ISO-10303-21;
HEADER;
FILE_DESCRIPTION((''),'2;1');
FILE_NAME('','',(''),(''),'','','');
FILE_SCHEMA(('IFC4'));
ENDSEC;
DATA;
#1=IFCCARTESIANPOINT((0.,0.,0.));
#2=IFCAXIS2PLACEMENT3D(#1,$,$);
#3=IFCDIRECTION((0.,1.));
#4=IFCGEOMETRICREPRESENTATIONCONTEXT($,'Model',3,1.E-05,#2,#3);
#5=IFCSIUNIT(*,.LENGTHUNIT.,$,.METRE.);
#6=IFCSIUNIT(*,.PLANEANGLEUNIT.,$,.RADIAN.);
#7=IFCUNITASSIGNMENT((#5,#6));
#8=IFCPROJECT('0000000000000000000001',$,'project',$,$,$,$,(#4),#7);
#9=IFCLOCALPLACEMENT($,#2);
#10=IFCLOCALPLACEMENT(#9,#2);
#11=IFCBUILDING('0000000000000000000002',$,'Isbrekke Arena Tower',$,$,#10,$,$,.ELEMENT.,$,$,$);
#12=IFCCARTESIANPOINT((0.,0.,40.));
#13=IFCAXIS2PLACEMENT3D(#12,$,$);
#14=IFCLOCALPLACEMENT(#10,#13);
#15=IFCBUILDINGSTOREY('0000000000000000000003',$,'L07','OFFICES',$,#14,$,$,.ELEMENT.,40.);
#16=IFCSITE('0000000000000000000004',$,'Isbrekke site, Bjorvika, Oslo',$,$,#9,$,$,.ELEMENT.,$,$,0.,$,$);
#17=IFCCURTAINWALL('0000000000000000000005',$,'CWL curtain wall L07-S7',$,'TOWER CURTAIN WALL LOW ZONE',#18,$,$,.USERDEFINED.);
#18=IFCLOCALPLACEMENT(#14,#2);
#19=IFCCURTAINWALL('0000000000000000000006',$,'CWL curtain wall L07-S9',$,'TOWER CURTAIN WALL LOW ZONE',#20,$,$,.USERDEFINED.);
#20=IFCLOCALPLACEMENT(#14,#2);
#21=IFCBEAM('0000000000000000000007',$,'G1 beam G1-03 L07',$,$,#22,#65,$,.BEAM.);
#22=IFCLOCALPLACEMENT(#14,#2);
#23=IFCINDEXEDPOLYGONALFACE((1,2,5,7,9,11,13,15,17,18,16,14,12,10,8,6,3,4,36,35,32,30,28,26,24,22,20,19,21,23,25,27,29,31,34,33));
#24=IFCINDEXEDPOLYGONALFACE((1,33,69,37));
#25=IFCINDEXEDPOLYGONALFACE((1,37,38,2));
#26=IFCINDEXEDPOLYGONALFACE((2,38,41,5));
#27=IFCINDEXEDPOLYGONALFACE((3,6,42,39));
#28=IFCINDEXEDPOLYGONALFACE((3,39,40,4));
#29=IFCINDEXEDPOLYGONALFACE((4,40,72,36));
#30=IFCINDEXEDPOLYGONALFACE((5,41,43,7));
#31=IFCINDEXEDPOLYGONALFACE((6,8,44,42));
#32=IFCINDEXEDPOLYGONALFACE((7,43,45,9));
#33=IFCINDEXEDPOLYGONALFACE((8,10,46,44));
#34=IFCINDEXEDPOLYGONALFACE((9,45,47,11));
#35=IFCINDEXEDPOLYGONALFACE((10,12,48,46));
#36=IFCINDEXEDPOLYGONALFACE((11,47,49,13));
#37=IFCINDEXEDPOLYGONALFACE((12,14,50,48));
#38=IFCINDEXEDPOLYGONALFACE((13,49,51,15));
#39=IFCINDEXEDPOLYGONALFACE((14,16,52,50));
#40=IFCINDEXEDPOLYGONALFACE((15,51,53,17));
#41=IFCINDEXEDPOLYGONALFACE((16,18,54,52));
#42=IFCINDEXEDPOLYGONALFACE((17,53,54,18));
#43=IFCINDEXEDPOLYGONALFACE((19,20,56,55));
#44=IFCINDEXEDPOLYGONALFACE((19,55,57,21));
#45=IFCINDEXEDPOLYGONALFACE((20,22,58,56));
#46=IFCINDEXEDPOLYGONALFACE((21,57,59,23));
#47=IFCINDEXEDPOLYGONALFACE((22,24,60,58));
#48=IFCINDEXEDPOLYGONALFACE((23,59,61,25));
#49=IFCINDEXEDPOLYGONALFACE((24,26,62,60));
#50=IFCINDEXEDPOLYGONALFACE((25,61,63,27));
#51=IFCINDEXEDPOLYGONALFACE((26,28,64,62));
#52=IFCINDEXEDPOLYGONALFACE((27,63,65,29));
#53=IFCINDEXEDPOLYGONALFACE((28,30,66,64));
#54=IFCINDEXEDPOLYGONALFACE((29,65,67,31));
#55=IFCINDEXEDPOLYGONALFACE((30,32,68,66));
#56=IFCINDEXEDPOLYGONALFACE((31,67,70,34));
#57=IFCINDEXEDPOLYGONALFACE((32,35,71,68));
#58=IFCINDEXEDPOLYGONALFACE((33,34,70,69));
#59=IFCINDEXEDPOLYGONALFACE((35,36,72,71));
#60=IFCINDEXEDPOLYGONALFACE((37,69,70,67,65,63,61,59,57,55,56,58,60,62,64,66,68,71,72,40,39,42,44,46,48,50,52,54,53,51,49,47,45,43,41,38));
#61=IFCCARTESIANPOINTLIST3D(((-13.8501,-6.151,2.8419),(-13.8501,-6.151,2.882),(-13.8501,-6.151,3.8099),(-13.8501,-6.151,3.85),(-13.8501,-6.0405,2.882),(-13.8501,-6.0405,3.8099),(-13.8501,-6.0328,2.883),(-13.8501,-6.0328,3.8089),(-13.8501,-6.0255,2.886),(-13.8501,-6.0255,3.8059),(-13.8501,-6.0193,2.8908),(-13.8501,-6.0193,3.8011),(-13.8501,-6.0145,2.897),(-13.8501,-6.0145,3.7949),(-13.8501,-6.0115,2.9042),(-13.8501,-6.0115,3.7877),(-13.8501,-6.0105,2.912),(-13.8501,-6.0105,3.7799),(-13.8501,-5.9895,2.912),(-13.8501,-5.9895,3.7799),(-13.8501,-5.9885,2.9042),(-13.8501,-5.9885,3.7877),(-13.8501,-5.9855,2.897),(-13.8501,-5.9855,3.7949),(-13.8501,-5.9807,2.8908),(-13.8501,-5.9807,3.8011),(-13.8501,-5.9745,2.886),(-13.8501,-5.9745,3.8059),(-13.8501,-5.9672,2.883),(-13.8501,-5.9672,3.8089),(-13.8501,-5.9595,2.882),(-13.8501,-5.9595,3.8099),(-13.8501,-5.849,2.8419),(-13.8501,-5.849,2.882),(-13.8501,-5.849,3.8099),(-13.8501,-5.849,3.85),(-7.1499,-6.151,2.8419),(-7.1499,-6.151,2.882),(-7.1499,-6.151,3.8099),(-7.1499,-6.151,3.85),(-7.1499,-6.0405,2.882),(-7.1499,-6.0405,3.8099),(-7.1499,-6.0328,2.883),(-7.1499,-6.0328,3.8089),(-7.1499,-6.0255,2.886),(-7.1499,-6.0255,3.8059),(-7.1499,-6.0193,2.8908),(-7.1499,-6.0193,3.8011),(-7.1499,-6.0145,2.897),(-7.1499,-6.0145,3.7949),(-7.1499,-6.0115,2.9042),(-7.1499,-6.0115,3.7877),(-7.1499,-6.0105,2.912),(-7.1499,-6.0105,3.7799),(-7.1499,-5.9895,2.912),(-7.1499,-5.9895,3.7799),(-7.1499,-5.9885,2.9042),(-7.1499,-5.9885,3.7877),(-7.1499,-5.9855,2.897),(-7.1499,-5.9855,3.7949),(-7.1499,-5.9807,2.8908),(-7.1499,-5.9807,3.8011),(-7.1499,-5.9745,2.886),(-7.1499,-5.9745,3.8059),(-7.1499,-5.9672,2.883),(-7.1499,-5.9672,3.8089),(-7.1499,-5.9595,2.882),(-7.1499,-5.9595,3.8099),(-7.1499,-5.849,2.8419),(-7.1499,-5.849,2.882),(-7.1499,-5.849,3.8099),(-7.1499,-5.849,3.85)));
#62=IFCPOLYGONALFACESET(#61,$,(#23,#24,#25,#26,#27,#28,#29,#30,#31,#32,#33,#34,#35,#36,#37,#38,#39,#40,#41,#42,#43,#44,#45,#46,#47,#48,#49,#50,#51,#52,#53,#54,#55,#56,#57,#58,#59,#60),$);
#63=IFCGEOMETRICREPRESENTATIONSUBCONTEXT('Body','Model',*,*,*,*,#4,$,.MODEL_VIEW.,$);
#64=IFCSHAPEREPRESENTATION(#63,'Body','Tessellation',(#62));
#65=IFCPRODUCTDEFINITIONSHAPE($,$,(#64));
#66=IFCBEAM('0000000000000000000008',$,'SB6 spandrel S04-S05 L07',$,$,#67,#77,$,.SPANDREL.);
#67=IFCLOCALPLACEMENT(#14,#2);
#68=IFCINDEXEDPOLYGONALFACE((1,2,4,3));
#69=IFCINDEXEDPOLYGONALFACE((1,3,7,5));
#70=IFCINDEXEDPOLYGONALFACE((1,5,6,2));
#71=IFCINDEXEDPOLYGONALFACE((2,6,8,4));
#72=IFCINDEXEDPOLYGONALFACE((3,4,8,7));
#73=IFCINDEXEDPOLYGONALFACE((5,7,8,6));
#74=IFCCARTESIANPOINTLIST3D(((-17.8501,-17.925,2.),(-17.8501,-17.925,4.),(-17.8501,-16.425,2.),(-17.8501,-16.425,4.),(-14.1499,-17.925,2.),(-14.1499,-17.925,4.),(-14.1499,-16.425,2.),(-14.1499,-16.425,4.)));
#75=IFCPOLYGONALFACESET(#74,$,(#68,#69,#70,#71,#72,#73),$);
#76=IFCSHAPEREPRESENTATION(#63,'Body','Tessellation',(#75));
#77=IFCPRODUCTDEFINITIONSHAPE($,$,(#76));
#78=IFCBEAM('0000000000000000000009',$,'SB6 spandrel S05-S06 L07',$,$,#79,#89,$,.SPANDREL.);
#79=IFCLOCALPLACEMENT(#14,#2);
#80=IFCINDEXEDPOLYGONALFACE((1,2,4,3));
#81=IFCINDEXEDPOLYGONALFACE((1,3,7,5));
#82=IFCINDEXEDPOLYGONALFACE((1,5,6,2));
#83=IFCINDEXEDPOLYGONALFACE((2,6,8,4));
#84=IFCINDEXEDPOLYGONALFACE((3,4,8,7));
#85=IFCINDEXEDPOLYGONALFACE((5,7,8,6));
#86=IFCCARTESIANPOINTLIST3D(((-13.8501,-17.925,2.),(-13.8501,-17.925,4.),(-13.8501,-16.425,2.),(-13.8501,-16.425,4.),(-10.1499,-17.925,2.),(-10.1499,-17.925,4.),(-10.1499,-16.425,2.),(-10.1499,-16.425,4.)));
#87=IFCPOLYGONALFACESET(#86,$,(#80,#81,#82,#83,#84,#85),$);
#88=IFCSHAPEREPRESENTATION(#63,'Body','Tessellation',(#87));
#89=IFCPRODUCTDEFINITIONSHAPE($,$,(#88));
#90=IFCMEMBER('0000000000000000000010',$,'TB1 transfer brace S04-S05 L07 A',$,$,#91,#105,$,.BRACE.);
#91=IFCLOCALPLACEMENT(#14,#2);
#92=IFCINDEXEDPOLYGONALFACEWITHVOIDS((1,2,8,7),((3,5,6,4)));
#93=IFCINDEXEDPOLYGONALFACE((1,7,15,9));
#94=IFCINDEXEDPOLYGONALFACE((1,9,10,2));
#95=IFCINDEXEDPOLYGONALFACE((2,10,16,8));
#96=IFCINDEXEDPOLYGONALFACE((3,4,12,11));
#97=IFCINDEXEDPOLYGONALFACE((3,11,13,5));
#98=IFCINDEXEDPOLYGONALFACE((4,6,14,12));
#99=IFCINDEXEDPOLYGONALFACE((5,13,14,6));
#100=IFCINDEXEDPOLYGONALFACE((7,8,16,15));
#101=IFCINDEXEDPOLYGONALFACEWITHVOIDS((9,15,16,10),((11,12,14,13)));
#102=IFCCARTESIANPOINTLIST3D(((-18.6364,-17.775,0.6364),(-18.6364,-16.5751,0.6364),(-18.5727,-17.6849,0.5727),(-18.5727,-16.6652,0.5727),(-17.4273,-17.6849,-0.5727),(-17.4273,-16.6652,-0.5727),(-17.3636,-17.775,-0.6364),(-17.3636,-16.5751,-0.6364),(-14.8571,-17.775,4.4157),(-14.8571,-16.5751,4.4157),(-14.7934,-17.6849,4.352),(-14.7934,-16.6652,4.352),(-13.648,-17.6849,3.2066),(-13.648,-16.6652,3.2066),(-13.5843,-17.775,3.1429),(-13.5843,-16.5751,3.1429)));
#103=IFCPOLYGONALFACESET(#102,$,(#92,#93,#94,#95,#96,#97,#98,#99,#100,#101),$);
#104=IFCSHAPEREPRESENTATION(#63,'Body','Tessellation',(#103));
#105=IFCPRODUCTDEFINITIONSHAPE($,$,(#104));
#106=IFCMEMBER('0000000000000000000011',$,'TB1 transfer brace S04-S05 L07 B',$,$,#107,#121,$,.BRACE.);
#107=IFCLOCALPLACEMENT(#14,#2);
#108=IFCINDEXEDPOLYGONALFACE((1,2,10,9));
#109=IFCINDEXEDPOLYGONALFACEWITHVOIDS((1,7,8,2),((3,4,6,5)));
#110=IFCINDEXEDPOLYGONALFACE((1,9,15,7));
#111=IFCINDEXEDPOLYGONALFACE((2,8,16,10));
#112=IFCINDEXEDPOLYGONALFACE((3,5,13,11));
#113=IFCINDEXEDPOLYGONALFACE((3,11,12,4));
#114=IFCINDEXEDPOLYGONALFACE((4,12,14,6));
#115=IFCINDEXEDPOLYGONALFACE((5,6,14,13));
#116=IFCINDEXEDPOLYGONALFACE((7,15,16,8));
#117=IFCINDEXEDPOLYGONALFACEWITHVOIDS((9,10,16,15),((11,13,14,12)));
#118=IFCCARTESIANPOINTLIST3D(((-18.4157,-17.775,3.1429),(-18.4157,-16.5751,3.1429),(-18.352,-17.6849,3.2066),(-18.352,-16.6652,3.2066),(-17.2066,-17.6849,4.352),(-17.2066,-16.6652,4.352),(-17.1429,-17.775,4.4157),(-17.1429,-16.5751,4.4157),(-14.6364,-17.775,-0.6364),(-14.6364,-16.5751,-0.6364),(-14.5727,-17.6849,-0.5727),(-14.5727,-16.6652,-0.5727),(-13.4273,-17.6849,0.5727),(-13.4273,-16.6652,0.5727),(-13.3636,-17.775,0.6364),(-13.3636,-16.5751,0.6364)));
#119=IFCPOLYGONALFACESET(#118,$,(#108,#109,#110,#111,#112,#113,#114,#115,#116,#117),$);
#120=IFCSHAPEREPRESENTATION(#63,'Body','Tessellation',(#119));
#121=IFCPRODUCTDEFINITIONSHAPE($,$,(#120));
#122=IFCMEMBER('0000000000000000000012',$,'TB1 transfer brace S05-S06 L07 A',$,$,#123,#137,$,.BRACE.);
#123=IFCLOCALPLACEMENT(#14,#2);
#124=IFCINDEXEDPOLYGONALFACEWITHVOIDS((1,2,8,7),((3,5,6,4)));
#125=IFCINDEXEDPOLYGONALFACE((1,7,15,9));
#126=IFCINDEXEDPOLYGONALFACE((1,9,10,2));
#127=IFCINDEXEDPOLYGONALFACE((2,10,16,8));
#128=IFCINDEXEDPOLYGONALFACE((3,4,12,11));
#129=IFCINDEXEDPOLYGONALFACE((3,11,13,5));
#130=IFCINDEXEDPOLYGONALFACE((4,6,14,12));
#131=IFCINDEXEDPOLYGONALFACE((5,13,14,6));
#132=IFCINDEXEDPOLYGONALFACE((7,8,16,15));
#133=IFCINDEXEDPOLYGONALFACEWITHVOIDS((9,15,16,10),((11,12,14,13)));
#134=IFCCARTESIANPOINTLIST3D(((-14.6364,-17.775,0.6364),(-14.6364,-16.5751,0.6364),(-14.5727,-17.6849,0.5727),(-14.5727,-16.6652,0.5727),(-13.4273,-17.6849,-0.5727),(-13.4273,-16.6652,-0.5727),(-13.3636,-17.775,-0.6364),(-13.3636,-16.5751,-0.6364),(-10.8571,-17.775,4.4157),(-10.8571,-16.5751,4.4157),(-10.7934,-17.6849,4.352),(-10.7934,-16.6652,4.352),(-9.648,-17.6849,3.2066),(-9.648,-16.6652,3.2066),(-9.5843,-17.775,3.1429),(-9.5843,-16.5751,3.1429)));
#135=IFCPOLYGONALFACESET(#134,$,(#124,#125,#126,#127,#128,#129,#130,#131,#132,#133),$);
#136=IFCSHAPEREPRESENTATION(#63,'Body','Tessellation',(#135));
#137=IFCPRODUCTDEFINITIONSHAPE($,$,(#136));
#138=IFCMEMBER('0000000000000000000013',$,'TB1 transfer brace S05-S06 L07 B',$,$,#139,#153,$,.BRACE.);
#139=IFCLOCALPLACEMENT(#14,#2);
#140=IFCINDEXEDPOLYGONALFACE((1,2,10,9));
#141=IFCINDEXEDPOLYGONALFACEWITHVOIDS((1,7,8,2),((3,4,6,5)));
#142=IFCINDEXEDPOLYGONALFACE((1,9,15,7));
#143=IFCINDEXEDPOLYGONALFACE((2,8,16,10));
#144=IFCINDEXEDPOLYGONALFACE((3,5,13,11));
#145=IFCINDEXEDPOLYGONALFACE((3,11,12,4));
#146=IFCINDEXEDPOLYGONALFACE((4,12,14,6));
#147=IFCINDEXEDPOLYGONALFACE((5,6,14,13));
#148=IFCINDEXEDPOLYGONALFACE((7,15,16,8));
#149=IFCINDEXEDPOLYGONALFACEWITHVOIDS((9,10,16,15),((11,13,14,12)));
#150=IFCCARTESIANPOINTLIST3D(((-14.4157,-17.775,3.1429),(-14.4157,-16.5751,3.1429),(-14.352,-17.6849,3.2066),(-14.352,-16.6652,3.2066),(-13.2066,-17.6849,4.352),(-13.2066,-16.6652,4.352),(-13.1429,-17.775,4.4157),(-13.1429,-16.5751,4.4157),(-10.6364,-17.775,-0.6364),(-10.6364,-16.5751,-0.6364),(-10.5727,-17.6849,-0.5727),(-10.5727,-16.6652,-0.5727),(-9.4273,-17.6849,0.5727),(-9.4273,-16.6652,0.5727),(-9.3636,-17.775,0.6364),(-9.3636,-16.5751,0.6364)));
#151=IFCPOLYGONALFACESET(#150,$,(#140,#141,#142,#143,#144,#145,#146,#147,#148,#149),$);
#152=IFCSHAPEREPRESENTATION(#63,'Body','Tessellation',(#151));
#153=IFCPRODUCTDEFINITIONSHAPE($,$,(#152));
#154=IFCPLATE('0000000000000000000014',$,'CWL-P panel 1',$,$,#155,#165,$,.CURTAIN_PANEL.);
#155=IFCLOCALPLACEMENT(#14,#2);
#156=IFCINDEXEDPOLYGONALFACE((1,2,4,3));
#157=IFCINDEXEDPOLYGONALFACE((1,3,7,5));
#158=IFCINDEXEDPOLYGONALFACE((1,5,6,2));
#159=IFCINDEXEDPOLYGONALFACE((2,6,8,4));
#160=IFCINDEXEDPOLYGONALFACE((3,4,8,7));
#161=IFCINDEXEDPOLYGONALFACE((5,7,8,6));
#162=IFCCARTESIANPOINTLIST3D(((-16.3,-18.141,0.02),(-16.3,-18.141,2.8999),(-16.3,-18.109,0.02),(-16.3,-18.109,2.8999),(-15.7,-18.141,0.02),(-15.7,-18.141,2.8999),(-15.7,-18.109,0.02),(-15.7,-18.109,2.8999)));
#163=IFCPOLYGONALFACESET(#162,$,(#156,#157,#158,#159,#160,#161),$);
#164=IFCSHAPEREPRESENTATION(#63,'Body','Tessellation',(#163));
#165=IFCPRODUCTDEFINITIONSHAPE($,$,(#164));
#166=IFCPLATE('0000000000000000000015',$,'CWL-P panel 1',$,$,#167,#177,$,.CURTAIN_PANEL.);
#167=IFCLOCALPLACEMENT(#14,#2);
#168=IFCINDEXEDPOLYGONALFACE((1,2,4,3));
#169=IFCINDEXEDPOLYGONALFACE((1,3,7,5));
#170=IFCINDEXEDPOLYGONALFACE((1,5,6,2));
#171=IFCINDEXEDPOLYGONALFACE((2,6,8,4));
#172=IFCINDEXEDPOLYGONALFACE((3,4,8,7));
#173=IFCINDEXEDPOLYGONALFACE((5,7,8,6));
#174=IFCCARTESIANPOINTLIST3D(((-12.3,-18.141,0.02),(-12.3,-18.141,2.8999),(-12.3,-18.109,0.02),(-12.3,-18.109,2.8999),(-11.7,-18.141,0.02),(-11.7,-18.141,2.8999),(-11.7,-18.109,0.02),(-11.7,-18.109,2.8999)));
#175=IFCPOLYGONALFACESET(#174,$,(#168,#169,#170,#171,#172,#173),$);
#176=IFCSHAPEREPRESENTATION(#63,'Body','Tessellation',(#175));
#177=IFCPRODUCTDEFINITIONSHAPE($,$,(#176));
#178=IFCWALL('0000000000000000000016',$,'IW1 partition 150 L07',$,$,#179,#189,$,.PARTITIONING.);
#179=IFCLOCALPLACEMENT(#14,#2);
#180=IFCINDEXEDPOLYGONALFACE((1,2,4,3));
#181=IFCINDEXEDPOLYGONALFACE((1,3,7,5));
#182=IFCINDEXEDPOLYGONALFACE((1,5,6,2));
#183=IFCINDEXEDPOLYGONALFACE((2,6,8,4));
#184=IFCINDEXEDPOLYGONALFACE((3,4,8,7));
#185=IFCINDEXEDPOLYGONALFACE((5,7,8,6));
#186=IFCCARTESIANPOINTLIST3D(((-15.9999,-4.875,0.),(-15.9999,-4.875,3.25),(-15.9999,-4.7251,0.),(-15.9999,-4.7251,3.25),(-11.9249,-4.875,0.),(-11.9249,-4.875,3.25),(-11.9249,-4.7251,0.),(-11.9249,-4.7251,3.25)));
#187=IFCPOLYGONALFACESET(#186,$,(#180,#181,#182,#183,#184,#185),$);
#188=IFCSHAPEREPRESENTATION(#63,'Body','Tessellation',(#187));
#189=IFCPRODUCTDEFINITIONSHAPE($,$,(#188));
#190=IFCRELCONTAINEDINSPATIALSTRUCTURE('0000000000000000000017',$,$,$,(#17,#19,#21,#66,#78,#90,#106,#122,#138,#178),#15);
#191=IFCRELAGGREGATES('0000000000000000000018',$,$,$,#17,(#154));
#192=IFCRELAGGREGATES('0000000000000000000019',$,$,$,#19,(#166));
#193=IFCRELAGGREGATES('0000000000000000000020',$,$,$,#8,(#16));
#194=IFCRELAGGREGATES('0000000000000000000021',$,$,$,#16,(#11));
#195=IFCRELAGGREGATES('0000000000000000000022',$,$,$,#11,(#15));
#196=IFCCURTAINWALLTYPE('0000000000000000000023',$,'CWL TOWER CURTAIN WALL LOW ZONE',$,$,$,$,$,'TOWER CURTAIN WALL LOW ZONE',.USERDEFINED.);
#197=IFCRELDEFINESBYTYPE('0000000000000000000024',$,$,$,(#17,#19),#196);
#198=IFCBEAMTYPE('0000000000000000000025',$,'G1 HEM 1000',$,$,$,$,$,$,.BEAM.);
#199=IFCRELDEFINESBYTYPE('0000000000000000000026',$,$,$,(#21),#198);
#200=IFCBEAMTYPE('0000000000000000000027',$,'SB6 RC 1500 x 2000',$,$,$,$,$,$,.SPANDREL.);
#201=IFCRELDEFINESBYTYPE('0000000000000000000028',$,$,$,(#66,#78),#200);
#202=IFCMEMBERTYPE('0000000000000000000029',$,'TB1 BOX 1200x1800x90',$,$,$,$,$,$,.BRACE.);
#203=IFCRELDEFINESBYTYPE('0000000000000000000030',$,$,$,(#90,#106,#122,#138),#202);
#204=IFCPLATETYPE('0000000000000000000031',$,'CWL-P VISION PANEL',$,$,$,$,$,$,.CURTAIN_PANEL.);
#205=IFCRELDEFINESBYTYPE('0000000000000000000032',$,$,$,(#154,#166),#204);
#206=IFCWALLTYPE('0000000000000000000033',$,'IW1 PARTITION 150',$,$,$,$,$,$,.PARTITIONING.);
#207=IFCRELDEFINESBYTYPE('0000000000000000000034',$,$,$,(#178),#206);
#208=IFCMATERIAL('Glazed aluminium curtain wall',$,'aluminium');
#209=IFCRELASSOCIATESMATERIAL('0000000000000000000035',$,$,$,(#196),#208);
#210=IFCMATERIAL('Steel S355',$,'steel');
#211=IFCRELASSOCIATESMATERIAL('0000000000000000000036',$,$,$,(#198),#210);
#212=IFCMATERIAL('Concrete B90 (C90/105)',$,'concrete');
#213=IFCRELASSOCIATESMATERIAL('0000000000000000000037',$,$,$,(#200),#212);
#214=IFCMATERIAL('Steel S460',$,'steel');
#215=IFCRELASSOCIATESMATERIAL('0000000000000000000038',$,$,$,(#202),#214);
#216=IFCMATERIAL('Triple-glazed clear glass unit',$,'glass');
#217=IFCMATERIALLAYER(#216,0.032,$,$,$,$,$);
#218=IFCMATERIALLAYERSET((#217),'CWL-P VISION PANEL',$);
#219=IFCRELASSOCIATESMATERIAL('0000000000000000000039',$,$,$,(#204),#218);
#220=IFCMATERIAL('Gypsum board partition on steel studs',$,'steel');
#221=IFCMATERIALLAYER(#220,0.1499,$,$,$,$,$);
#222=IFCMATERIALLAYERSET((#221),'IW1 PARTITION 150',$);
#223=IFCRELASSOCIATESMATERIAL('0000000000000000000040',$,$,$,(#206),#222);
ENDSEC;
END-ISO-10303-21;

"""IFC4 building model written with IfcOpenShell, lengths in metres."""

from ifc_helpers import new_model, si_unit, direction, frame, frame_2d, origin, origin_2d, place, context, subcontext, project, spatial, rectangle, hollow_rectangle, i_section, extrude, material, layer, layer_set, material_profile, profile_set, type_object, element, aggregate, save


model = new_model("IFC4")

# Units and contexts
model_context = context("Model", 3, precision=1e-05, world=origin(), true_north=direction((0.0, 1.0)))
body_context = subcontext(model_context, "Body", "Model", "MODEL_VIEW")
ifc_project = project(units=[si_unit("LENGTHUNIT", "METRE"), si_unit("PLANEANGLEUNIT", "RADIAN")], contexts=[model_context])

# Site, building, storey
site_placement = place(None, origin())
site = spatial("IfcSite", under=ifc_project, at=site_placement, Name="Isbrekke site, Bjorvika, Oslo", CompositionType="ELEMENT", RefElevation=0.0)
building_placement = place(site_placement, origin())
building = spatial("IfcBuilding", under=site, at=building_placement, Name="Isbrekke Arena Tower", CompositionType="ELEMENT")
storey_placement = place(building_placement, frame((0.0, 0.0, 40.0)))
storey = spatial("IfcBuildingStorey", under=building, at=storey_placement, Name="L07", Description="OFFICES", CompositionType="ELEMENT", Elevation=40.0)

# Shared definitions
ifc_material_1 = material(Name="Glazed aluminium curtain wall", Category="aluminium")
curtain_wall_type = type_object("IfcCurtainWallType", Name="CWL TOWER CURTAIN WALL LOW ZONE", ElementType="TOWER CURTAIN WALL LOW ZONE", PredefinedType="USERDEFINED", material=ifc_material_1)

# Curtain walls
curtain_wall_1_placement = place(storey_placement, origin())
curtain_wall_1 = element("IfcCurtainWall", 1, at=curtain_wall_1_placement, inside=storey, type_object=curtain_wall_type, Name="CWL curtain wall L07-S7", ObjectType="TOWER CURTAIN WALL LOW ZONE", PredefinedType="USERDEFINED")
curtain_wall_2_placement = place(storey_placement, origin())
curtain_wall_2 = element("IfcCurtainWall", 2, at=curtain_wall_2_placement, inside=storey, type_object=curtain_wall_type, Name="CWL curtain wall L07-S9", ObjectType="TOWER CURTAIN WALL LOW ZONE", PredefinedType="USERDEFINED")

# Beams
ifc_material_2 = material(Name="Steel S355", Category="steel")
ifc_material_profile_1 = material_profile(ifc_material_2, i_section(OverallWidth=0.302, OverallDepth=1.0081, WebThickness=0.021, FlangeThickness=0.04, FilletRadius=0.03, at=origin_2d()), Name="HEM 1000")
ifc_profile_set_1 = profile_set([ifc_material_profile_1], Name="Steel S355")
beam_type_1 = type_object("IfcBeamType", Name="G1 HEM 1000", PredefinedType="BEAM", material=ifc_profile_set_1)
beam_1_placement = place(storey_placement, frame((-13.8501, -6.0, 3.3459), z_axis=(1.0, 0.0, 0.0), x_axis=(0.0, 1.0, 0.0)))
element("IfcBeam", 3, at=beam_1_placement, inside=storey, type_object=beam_type_1, Name="G1 beam G1-03 L07", PredefinedType="BEAM", context=body_context, shape_type="SweptSolid", body=[
    extrude(i_section(OverallWidth=0.302, OverallDepth=1.0081, WebThickness=0.021, FlangeThickness=0.04, FilletRadius=0.03, at=origin_2d()), origin(), (0.0, 0.0, 1.0), 6.7002),
])
ifc_material_3 = material(Name="Concrete B90 (C90/105)", Category="concrete")
ifc_material_profile_2 = material_profile(ifc_material_3, rectangle(XDim=1.5, YDim=2.0, at=origin_2d()), Name="RC 1500x2000")
ifc_profile_set_2 = profile_set([ifc_material_profile_2], Name="Concrete B90 (C90/105)")
beam_type_2 = type_object("IfcBeamType", Name="SB6 RC 1500 x 2000", PredefinedType="SPANDREL", material=ifc_profile_set_2)
for number, where, z_axis, x_axis, name in (
    (4, (-17.8501, -17.175, 3.0), (1.0, 0.0, 0.0), (0.0, 1.0, 0.0), "SB6 spandrel S04-S05 L07"),
    (5, (-13.8501, -17.175, 3.0), (1.0, 0.0, 0.0), (0.0, 1.0, 0.0), "SB6 spandrel S05-S06 L07"),
):
    element("IfcBeam", number, at=place(storey_placement, frame(where, z_axis=z_axis, x_axis=x_axis)), inside=storey, type_object=beam_type_2, Name=name, PredefinedType="SPANDREL", context=body_context, shape_type="SweptSolid", body=[
        extrude(rectangle(XDim=1.5, YDim=2.0, at=origin_2d()), origin(), (0.0, 0.0, 1.0), 3.7002),
    ])

# Members
ifc_material_4 = material(Name="Steel S460", Category="steel")
ifc_material_profile_3 = material_profile(ifc_material_4, hollow_rectangle(XDim=1.2, YDim=1.8, WallThickness=0.0901, at=origin_2d()), Name="BOX 1200x1800x90")
ifc_profile_set_3 = profile_set([ifc_material_profile_3], Name="Steel S460")
member_type_1 = type_object("IfcMemberType", Name="TB1 BOX 1200x1800x90", PredefinedType="BRACE", material=ifc_profile_set_3)
for number, where, z_axis, x_axis, name in (
    (6, (-18.0, -17.175, 0.0), (0.707107, 0.0, 0.707107), (0.0, 1.0, 0.0), "TB1 transfer brace S04-S05 L07 A"),
    (7, (-17.7793, -17.175, 3.7793), (0.707107, 0.0, -0.707107), (0.0, 1.0, 0.0), "TB1 transfer brace S04-S05 L07 B"),
    (8, (-14.0, -17.175, 0.0), (0.707107, 0.0, 0.707107), (0.0, 1.0, 0.0), "TB1 transfer brace S05-S06 L07 A"),
    (9, (-13.7793, -17.175, 3.7793), (0.707107, 0.0, -0.707107), (0.0, 1.0, 0.0), "TB1 transfer brace S05-S06 L07 B"),
):
    element("IfcMember", number, at=place(storey_placement, frame(where, z_axis=z_axis, x_axis=x_axis)), inside=storey, type_object=member_type_1, Name=name, PredefinedType="BRACE", context=body_context, shape_type="SweptSolid", body=[
        extrude(hollow_rectangle(XDim=1.2, YDim=1.8, WallThickness=0.0901, at=origin_2d()), origin(), (0.0, 0.0, 1.0), 5.3447),
    ])

# Plates
ifc_material_5 = material(Name="Triple-glazed clear glass unit", Category="glass")
ifc_layer_1 = layer(ifc_material_5, 0.032)
ifc_layer_set_1 = layer_set([ifc_layer_1], Name="CWL-P VISION PANEL")
plate_type = type_object("IfcPlateType", Name="CWL-P VISION PANEL", PredefinedType="CURTAIN_PANEL", material=ifc_layer_set_1)
plate_1_placement = place(storey_placement, frame((-16.0, -18.125, 0.02), z_axis=(0.0, 0.0, 1.0), x_axis=(1.0, 0.0, 0.0)))
plate_1 = element("IfcPlate", 10, at=plate_1_placement, type_object=plate_type, Name="CWL-P panel 1", PredefinedType="CURTAIN_PANEL", context=body_context, shape_type="SweptSolid", body=[
    extrude(rectangle(XDim=0.6001, YDim=0.032, at=origin_2d()), origin(), (0.0, 0.0, 1.0), 2.8799),
])
aggregate(curtain_wall_1, [plate_1])
plate_2_placement = place(storey_placement, frame((-12.0, -18.125, 0.02), z_axis=(0.0, 0.0, 1.0), x_axis=(1.0, 0.0, 0.0)))
plate_2 = element("IfcPlate", 11, at=plate_2_placement, type_object=plate_type, Name="CWL-P panel 1", PredefinedType="CURTAIN_PANEL", context=body_context, shape_type="SweptSolid", body=[
    extrude(rectangle(XDim=0.6001, YDim=0.032, at=origin_2d()), origin(), (0.0, 0.0, 1.0), 2.8799),
])
aggregate(curtain_wall_2, [plate_2])

# Wall
ifc_material_6 = material(Name="Gypsum board partition on steel studs", Category="steel")
ifc_layer_2 = layer(ifc_material_6, 0.1499)
ifc_layer_set_2 = layer_set([ifc_layer_2], Name="IW1 PARTITION 150")
wall_type_1 = type_object("IfcWallType", Name="IW1 PARTITION 150", PredefinedType="PARTITIONING", material=ifc_layer_set_2)
wall_1_placement = place(storey_placement, frame((-16.0, -4.8, 0.0), z_axis=(0.0, 0.0, 1.0), x_axis=(1.0, 0.0, 0.0)))
element("IfcWall", 12, at=wall_1_placement, inside=storey, type_object=wall_type_1, Name="IW1 partition 150 L07", PredefinedType="PARTITIONING", context=body_context, shape_type="SweptSolid", body=[
    extrude(rectangle(XDim=4.075, YDim=0.1499, at=frame_2d((2.0376, 0.0))), origin(), (0.0, 0.0, 1.0), 3.25),
])

save(model, "model.ifc")
